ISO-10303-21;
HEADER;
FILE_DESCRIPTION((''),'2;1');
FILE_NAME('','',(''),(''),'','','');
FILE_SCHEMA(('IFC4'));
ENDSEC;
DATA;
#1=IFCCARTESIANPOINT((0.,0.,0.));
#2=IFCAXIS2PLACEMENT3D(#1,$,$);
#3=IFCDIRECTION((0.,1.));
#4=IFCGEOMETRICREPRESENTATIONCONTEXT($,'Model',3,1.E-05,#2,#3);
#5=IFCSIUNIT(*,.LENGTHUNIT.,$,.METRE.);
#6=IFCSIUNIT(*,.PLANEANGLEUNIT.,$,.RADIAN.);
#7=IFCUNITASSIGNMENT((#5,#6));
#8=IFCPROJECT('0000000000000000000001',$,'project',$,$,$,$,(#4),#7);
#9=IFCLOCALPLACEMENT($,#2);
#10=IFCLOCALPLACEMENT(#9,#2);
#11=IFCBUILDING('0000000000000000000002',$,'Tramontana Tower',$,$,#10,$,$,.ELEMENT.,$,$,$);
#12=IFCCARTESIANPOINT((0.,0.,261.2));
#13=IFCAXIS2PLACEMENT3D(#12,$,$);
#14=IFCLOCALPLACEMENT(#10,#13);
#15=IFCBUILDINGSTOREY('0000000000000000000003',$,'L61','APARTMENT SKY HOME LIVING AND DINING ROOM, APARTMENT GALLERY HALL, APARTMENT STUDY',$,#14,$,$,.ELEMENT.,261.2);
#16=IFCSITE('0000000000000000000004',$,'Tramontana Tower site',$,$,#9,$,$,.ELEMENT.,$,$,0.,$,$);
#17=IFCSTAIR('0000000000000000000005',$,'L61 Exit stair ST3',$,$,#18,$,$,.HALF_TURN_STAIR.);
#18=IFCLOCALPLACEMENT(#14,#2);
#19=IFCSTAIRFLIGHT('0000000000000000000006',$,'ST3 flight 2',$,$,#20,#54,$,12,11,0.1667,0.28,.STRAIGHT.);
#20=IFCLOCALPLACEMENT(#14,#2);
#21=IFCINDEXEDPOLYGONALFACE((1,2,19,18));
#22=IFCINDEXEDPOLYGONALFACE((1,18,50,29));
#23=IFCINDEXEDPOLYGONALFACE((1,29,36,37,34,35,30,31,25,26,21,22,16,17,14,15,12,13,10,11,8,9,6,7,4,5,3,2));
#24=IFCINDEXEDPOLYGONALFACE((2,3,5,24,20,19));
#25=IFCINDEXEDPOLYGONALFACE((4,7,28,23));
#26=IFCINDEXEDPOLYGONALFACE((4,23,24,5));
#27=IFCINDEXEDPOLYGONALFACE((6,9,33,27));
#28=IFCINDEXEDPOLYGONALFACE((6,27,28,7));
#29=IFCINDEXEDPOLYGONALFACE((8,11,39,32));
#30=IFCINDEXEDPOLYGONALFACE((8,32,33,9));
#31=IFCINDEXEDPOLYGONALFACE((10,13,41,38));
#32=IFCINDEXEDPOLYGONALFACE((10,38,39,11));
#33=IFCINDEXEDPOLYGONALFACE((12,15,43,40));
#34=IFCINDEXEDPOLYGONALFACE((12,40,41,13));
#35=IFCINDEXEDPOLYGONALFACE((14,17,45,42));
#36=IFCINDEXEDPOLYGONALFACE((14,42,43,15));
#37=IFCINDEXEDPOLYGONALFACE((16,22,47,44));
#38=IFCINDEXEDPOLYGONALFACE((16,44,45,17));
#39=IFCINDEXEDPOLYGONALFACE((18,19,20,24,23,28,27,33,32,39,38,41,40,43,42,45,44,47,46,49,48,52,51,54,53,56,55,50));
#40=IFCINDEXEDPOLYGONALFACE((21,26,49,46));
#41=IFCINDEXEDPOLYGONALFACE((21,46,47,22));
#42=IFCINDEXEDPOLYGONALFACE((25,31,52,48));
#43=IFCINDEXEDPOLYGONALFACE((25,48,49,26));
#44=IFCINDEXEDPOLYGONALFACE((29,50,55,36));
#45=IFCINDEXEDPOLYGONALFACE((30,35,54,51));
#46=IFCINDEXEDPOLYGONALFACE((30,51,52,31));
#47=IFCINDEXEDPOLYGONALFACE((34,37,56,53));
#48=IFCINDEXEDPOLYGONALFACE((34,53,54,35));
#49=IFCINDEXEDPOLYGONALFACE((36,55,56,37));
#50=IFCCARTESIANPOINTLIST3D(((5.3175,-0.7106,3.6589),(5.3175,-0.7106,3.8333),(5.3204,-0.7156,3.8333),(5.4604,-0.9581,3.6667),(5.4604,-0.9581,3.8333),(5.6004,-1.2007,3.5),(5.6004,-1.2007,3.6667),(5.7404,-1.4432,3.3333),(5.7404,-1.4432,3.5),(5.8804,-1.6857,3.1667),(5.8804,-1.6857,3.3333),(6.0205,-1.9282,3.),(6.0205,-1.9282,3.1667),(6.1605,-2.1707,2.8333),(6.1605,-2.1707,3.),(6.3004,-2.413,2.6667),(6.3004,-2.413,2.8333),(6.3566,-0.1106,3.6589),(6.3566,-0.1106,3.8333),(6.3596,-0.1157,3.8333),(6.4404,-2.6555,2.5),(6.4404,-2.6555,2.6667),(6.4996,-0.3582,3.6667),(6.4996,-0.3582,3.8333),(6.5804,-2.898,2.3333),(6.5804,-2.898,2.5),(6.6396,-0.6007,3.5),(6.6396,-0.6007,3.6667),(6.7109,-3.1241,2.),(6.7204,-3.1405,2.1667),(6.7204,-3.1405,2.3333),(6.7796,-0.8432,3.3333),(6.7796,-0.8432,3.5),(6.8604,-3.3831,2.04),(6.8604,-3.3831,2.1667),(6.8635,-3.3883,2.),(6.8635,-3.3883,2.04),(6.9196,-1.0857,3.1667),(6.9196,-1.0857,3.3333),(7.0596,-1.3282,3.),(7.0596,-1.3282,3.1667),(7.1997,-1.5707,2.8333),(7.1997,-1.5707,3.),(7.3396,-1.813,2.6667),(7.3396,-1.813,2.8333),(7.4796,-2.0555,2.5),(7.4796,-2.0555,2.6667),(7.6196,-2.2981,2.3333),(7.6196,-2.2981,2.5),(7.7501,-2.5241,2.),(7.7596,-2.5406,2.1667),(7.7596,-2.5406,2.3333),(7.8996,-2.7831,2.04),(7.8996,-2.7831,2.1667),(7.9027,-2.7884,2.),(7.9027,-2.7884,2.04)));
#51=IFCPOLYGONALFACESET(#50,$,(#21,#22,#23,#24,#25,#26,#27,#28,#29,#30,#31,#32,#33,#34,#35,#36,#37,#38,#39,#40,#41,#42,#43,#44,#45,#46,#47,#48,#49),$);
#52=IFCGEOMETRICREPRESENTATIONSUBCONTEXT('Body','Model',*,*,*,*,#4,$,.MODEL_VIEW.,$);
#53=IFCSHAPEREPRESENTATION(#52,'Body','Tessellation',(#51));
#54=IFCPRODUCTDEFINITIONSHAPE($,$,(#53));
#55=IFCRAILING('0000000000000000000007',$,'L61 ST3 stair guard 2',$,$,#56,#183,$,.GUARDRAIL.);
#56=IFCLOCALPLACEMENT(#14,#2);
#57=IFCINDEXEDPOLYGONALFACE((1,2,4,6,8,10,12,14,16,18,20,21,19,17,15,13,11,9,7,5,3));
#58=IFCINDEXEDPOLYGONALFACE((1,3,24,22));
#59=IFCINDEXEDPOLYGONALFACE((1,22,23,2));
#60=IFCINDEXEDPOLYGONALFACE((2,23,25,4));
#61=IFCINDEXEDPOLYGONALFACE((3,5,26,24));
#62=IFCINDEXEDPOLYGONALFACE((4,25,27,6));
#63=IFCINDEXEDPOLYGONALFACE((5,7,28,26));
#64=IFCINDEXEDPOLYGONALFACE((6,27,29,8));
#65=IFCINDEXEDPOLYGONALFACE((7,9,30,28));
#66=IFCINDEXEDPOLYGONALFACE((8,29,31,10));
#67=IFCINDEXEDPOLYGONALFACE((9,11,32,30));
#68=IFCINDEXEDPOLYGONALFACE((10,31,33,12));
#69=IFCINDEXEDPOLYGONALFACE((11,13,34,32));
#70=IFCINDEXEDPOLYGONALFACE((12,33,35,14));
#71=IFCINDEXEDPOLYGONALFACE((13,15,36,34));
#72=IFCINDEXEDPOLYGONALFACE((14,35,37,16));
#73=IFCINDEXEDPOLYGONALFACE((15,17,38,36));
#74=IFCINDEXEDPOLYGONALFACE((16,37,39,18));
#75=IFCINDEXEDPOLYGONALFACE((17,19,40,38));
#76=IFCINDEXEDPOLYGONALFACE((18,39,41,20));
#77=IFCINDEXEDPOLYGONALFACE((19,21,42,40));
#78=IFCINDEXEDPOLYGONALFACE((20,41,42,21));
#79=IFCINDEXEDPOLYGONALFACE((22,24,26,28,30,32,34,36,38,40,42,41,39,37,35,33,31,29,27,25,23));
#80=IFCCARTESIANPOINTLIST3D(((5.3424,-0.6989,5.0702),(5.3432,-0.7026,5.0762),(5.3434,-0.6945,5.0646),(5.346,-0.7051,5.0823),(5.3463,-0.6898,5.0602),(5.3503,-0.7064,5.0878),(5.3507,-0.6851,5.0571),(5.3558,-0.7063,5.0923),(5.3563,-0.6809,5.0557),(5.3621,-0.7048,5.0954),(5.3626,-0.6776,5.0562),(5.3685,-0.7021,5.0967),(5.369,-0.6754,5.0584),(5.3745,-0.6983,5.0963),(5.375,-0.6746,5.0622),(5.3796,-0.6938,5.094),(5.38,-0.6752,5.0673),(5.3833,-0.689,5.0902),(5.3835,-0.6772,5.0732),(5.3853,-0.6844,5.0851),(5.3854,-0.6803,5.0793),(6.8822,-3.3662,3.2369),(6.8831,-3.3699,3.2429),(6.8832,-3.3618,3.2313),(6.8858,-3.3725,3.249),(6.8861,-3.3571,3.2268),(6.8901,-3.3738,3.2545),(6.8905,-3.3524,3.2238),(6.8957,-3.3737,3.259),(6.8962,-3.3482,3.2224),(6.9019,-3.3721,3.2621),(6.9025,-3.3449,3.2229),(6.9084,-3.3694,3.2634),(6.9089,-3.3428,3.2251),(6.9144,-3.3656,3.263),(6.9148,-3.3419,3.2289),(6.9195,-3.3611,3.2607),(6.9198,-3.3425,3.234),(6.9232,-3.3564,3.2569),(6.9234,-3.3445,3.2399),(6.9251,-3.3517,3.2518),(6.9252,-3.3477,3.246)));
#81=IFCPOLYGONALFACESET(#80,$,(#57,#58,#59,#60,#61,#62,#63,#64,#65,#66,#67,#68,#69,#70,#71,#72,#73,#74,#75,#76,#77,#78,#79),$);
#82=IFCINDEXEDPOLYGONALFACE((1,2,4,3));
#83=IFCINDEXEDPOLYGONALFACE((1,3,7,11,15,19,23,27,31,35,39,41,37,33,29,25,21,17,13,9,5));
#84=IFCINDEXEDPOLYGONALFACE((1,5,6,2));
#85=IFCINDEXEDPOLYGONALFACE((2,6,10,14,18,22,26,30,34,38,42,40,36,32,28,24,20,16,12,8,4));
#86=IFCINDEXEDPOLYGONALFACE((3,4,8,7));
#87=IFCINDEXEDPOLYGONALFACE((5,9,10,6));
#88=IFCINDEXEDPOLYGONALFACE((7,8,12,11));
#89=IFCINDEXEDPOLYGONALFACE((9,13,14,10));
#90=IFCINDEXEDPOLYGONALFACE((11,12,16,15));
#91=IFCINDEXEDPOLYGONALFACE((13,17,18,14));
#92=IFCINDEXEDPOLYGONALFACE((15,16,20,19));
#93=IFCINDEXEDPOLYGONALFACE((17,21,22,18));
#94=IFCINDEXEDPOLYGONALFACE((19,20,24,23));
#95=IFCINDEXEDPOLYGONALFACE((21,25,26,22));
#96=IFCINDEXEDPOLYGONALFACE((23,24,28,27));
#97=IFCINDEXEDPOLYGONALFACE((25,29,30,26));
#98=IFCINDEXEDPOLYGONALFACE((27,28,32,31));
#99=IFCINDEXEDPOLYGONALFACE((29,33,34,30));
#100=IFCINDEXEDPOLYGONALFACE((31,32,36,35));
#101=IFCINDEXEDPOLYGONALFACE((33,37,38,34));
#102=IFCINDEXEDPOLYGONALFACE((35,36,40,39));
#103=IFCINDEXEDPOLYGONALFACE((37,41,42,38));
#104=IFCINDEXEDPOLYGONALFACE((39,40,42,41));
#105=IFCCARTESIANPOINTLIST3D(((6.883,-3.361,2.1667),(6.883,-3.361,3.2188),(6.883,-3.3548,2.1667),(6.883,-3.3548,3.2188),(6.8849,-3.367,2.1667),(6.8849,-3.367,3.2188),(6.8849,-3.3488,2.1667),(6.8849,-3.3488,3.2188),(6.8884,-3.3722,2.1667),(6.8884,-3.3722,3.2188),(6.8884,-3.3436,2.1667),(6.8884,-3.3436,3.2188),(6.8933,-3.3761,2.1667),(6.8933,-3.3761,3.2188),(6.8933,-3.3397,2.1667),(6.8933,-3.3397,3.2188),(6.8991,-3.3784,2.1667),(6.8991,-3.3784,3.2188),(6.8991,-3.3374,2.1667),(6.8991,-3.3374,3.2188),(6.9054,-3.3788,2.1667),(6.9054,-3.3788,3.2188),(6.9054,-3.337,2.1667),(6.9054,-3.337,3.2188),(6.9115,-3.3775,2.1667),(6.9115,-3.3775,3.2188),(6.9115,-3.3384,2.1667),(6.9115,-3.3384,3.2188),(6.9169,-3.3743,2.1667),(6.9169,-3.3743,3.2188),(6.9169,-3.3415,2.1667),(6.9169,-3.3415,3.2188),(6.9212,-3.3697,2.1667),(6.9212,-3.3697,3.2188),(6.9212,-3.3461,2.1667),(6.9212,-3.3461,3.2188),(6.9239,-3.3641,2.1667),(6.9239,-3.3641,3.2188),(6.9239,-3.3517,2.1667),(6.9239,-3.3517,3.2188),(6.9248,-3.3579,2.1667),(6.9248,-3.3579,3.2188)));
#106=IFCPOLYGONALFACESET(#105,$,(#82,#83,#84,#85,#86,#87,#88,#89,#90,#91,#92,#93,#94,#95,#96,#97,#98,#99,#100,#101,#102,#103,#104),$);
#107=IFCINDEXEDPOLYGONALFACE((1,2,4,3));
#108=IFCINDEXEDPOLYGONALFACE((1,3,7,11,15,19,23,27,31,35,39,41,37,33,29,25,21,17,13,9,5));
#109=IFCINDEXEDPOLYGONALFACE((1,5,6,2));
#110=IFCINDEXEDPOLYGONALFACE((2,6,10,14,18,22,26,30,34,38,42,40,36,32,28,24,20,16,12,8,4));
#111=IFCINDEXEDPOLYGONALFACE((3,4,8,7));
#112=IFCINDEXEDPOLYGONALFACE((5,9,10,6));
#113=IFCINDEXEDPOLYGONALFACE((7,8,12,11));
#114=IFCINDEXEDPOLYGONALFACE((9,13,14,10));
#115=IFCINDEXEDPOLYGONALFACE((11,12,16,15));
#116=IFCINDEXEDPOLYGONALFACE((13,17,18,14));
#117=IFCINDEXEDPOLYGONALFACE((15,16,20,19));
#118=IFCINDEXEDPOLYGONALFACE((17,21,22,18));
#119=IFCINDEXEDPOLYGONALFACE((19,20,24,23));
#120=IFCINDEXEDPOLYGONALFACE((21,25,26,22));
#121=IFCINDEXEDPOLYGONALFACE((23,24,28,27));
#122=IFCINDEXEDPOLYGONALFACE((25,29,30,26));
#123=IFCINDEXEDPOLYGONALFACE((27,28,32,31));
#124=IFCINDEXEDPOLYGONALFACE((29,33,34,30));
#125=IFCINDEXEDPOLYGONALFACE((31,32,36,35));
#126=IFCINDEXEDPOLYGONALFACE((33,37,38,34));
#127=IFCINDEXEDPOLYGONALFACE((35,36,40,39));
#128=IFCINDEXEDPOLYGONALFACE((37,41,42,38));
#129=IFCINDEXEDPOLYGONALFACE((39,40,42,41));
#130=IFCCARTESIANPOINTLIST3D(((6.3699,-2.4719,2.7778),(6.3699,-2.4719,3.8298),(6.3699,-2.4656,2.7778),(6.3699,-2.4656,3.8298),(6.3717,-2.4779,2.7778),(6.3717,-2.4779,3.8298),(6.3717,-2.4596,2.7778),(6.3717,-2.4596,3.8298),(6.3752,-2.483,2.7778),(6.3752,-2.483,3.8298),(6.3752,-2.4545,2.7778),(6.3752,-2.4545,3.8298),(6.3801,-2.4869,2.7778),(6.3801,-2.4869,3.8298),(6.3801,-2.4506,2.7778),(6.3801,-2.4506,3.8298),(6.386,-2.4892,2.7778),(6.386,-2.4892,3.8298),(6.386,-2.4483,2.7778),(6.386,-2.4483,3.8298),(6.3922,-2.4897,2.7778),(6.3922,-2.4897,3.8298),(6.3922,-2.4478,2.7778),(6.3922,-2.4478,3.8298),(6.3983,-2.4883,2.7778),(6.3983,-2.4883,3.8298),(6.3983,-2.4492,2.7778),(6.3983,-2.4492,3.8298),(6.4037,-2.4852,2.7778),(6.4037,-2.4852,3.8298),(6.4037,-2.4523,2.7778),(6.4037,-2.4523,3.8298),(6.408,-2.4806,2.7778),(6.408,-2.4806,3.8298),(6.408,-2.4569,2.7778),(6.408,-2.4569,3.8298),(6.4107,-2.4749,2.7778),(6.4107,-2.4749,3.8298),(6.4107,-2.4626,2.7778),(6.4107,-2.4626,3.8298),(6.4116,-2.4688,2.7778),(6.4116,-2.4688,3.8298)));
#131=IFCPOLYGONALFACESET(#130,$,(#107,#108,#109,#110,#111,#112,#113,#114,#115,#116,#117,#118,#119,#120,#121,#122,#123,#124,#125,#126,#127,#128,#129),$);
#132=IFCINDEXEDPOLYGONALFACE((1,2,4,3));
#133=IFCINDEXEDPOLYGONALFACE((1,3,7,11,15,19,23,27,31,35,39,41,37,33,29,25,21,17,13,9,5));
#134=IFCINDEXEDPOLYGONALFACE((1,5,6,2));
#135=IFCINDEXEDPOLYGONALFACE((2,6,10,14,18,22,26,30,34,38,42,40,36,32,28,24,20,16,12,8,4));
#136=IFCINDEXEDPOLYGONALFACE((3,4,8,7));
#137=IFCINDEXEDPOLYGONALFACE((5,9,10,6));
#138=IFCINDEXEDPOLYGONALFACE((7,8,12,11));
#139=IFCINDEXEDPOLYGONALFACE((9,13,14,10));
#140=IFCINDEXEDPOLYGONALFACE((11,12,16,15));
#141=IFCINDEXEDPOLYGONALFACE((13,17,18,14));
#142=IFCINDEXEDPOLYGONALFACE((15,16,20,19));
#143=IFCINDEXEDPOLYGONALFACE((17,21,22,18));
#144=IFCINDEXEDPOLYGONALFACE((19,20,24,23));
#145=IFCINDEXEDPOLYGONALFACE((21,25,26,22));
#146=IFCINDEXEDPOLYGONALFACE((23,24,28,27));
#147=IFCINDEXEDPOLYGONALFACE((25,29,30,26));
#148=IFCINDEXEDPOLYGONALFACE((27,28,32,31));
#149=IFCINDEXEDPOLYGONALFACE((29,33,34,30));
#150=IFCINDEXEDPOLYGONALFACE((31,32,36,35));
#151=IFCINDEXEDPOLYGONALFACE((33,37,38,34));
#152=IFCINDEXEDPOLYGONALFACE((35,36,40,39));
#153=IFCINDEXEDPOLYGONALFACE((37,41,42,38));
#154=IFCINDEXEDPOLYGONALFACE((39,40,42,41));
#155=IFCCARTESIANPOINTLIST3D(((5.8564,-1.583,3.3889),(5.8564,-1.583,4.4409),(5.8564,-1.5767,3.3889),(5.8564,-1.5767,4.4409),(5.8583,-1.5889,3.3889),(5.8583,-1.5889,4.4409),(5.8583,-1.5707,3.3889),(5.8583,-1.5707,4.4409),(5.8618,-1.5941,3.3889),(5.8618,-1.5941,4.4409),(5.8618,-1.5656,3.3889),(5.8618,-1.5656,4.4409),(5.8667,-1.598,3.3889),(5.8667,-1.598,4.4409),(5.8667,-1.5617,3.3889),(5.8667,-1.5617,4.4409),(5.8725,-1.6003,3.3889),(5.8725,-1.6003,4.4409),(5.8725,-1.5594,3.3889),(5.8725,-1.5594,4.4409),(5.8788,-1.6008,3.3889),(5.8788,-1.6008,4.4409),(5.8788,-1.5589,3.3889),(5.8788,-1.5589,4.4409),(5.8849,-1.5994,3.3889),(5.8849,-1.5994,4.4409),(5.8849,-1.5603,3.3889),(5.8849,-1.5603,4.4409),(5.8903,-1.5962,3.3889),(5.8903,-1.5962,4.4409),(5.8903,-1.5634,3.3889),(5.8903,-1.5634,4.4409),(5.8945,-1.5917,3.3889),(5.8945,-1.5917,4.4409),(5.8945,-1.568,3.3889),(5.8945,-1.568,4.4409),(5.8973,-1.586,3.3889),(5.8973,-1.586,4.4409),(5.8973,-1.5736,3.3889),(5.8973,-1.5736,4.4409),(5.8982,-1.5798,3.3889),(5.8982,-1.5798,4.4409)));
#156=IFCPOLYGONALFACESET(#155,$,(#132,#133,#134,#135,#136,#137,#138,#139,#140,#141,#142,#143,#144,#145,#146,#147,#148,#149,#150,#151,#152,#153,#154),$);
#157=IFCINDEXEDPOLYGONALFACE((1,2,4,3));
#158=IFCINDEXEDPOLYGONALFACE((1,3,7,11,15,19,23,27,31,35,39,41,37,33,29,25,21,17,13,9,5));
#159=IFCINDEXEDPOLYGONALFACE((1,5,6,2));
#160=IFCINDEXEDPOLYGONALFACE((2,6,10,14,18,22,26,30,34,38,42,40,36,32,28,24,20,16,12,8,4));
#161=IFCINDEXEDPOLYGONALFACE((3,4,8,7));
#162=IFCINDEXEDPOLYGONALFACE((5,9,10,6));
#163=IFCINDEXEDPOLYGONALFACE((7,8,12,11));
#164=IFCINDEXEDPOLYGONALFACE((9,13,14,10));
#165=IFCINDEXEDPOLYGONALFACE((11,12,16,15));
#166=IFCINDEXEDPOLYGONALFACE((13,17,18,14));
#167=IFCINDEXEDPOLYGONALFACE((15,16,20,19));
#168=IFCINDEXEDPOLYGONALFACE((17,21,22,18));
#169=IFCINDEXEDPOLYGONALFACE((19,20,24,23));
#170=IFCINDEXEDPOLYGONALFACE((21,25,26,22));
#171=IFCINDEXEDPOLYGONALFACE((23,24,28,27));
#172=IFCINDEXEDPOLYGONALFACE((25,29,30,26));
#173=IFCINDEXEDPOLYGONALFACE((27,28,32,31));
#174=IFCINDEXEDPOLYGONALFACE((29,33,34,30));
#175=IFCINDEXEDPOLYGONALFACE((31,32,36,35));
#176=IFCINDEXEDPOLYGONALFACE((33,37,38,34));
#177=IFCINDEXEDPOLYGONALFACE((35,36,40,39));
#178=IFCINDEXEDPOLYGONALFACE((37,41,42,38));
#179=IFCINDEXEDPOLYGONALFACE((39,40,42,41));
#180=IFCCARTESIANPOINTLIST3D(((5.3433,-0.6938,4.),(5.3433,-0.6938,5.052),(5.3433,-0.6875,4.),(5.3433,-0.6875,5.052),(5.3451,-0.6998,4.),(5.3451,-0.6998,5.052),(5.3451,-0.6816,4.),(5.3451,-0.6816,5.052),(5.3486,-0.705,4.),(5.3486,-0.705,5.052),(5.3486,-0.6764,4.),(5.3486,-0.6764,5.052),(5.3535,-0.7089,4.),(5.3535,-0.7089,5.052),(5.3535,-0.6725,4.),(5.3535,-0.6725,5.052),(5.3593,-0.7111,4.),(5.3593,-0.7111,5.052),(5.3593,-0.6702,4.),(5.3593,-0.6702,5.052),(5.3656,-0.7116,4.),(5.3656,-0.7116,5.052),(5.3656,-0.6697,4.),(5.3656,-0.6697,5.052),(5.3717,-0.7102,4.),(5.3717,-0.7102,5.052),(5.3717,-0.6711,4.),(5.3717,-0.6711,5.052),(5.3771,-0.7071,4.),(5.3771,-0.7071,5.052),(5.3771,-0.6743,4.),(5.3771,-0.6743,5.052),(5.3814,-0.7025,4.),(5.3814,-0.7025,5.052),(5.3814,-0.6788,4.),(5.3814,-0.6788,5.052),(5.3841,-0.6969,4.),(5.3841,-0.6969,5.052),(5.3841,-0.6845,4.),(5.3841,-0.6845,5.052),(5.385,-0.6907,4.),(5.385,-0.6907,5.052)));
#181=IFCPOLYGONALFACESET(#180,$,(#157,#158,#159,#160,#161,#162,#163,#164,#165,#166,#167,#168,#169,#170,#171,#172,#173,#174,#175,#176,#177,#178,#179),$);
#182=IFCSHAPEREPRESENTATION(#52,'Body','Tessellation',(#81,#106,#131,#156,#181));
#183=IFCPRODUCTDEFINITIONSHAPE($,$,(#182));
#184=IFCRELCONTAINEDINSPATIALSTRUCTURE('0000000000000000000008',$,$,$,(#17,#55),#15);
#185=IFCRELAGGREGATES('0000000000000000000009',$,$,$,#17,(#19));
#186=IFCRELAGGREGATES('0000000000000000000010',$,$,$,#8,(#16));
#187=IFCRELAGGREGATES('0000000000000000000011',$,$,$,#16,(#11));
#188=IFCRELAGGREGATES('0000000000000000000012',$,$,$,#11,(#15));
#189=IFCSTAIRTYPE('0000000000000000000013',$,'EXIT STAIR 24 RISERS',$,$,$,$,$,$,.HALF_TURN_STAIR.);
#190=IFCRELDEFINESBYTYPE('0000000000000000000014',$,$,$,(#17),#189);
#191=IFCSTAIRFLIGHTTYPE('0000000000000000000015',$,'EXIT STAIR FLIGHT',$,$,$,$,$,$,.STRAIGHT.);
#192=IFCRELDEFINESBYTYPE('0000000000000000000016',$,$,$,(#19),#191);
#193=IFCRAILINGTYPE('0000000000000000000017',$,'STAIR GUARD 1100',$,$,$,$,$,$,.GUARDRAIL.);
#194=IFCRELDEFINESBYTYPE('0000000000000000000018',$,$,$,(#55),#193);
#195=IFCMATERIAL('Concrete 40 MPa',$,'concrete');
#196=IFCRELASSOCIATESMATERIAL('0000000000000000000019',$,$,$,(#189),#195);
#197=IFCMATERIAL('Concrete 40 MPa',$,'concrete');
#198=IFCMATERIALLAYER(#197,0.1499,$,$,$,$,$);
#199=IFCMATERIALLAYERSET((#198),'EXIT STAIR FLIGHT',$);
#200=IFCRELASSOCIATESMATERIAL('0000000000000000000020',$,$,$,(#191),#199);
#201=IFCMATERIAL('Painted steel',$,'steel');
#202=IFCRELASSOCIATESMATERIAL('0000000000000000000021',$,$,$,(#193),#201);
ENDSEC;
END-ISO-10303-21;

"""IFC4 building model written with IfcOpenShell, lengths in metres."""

from ifc_helpers import new_model, si_unit, direction, frame, origin, origin_2d, place, context, subcontext, project, spatial, polyline, circle, outline, extrude, material, layer, layer_set, type_object, element, aggregate, save


model = new_model("IFC4")

# Units and contexts
model_context = context("Model", 3, precision=1e-05, world=origin(), true_north=direction((0.0, 1.0)))
body_context = subcontext(model_context, "Body", "Model", "MODEL_VIEW")
ifc_project = project(units=[si_unit("LENGTHUNIT", "METRE"), si_unit("PLANEANGLEUNIT", "RADIAN")], contexts=[model_context])

# Site, building, storey
site_placement = place(None, origin())
site = spatial("IfcSite", under=ifc_project, at=site_placement, Name="Tramontana Tower site", CompositionType="ELEMENT", RefElevation=0.0)
building_placement = place(site_placement, origin())
building = spatial("IfcBuilding", under=site, at=building_placement, Name="Tramontana Tower", CompositionType="ELEMENT")
storey_placement = place(building_placement, frame((0.0, 0.0, 261.2)))
storey = spatial("IfcBuildingStorey", under=building, at=storey_placement, Name="L61", Description="APARTMENT SKY HOME LIVING AND DINING ROOM, APARTMENT GALLERY HALL, APARTMENT STUDY", CompositionType="ELEMENT", Elevation=261.2)

# Stair, stair flight
ifc_material_1 = material(Name="Concrete 40 MPa", Category="concrete")
stair_type = type_object("IfcStairType", Name="EXIT STAIR 24 RISERS", PredefinedType="HALF_TURN_STAIR", material=ifc_material_1)
stair_placement = place(storey_placement, origin())
stair = element("IfcStair", 1, at=stair_placement, inside=storey, type_object=stair_type, Name="L61 Exit stair ST3", PredefinedType="HALF_TURN_STAIR")
ifc_material_2 = material(Name="Concrete 40 MPa", Category="concrete")
ifc_layer_1 = layer(ifc_material_2, 0.1499)
ifc_layer_set_1 = layer_set([ifc_layer_1], Name="EXIT STAIR FLIGHT")
stair_flight_type = type_object("IfcStairFlightType", Name="EXIT STAIR FLIGHT", PredefinedType="STRAIGHT", material=ifc_layer_set_1)
stair_flight_placement = place(storey_placement, frame((7.3801, -3.083, 2.0), z_axis=(0.0, 0.0, 1.0), x_axis=(-0.5, 0.866025, 0.0)))
stair_flight = element("IfcStairFlight", 2, at=stair_flight_placement, type_object=stair_flight_type, Name="ST3 flight 2", NumberOfRisers=12, NumberOfTreads=11, PredefinedType="STRAIGHT", RiserHeight=0.1667, TreadLength=0.28, context=body_context, shape_type="SweptSolid", body=[
    extrude(outline(polyline([(-0.0061, 0.0), (-0.0061, 0.04), (0.0, 0.04), (0.0, 0.1667), (0.28, 0.1667), (0.28, 0.3333), (0.5601, 0.3333), (0.5601, 0.5), (0.8401, 0.5), (0.8401, 0.6667), (1.1201, 0.6667), (1.1201, 0.8333), (1.3999, 0.8333), (1.3999, 1.0), (1.6799, 1.0), (1.6799, 1.1667), (1.96, 1.1667), (1.96, 1.3333), (2.24, 1.3333), (2.24, 1.5), (2.52, 1.5), (2.52, 1.6667), (2.8, 1.6667), (2.8, 1.8333), (3.0801, 1.8333), (3.0859, 1.8333), (3.0859, 1.6589), (0.2991, 0.0), (-0.0061, 0.0)])), frame((0.0, 0.6001, 0.0), z_axis=(0.0, -1.0, 0.0), x_axis=(1.0, 0.0, 0.0)), (0.0, 0.0, 1.0), 1.2),
])
aggregate(stair, [stair_flight])

# Railing
ifc_material_3 = material(Name="Painted steel", Category="steel")
railing_type_1 = type_object("IfcRailingType", Name="STAIR GUARD 1100", PredefinedType="GUARDRAIL", material=ifc_material_3)
railing_1_placement = place(storey_placement, frame((6.9038, -3.3579, 2.1667)))
element("IfcRailing", 3, at=railing_1_placement, inside=storey, type_object=railing_type_1, Name="L61 ST3 stair guard 2", PredefinedType="GUARDRAIL", context=body_context, shape_type="SweptSolid", body=[
    extrude(circle(Radius=0.0239, at=origin_2d()), frame((0.0, 0.0, 1.0762), z_axis=(-0.429616, 0.744181, 0.511493), x_axis=(-0.866044, -0.499967, 0.0)), (0.0, 0.0, 1.0), 3.5842),
    extrude(circle(Radius=0.021, at=origin_2d()), origin(), (0.0, 0.0, 1.0), 1.052),
    extrude(circle(Radius=0.021, at=origin_2d()), frame((-0.5132, 0.8892, 0.6111)), (0.0, 0.0, 1.0), 1.052),
    extrude(circle(Radius=0.021, at=origin_2d()), frame((-1.0266, 1.7781, 1.2222)), (0.0, 0.0, 1.0), 1.052),
    extrude(circle(Radius=0.021, at=origin_2d()), frame((-1.5398, 2.6672, 1.8333)), (0.0, 0.0, 1.0), 1.052),
])

save(model, "model.ifc")
